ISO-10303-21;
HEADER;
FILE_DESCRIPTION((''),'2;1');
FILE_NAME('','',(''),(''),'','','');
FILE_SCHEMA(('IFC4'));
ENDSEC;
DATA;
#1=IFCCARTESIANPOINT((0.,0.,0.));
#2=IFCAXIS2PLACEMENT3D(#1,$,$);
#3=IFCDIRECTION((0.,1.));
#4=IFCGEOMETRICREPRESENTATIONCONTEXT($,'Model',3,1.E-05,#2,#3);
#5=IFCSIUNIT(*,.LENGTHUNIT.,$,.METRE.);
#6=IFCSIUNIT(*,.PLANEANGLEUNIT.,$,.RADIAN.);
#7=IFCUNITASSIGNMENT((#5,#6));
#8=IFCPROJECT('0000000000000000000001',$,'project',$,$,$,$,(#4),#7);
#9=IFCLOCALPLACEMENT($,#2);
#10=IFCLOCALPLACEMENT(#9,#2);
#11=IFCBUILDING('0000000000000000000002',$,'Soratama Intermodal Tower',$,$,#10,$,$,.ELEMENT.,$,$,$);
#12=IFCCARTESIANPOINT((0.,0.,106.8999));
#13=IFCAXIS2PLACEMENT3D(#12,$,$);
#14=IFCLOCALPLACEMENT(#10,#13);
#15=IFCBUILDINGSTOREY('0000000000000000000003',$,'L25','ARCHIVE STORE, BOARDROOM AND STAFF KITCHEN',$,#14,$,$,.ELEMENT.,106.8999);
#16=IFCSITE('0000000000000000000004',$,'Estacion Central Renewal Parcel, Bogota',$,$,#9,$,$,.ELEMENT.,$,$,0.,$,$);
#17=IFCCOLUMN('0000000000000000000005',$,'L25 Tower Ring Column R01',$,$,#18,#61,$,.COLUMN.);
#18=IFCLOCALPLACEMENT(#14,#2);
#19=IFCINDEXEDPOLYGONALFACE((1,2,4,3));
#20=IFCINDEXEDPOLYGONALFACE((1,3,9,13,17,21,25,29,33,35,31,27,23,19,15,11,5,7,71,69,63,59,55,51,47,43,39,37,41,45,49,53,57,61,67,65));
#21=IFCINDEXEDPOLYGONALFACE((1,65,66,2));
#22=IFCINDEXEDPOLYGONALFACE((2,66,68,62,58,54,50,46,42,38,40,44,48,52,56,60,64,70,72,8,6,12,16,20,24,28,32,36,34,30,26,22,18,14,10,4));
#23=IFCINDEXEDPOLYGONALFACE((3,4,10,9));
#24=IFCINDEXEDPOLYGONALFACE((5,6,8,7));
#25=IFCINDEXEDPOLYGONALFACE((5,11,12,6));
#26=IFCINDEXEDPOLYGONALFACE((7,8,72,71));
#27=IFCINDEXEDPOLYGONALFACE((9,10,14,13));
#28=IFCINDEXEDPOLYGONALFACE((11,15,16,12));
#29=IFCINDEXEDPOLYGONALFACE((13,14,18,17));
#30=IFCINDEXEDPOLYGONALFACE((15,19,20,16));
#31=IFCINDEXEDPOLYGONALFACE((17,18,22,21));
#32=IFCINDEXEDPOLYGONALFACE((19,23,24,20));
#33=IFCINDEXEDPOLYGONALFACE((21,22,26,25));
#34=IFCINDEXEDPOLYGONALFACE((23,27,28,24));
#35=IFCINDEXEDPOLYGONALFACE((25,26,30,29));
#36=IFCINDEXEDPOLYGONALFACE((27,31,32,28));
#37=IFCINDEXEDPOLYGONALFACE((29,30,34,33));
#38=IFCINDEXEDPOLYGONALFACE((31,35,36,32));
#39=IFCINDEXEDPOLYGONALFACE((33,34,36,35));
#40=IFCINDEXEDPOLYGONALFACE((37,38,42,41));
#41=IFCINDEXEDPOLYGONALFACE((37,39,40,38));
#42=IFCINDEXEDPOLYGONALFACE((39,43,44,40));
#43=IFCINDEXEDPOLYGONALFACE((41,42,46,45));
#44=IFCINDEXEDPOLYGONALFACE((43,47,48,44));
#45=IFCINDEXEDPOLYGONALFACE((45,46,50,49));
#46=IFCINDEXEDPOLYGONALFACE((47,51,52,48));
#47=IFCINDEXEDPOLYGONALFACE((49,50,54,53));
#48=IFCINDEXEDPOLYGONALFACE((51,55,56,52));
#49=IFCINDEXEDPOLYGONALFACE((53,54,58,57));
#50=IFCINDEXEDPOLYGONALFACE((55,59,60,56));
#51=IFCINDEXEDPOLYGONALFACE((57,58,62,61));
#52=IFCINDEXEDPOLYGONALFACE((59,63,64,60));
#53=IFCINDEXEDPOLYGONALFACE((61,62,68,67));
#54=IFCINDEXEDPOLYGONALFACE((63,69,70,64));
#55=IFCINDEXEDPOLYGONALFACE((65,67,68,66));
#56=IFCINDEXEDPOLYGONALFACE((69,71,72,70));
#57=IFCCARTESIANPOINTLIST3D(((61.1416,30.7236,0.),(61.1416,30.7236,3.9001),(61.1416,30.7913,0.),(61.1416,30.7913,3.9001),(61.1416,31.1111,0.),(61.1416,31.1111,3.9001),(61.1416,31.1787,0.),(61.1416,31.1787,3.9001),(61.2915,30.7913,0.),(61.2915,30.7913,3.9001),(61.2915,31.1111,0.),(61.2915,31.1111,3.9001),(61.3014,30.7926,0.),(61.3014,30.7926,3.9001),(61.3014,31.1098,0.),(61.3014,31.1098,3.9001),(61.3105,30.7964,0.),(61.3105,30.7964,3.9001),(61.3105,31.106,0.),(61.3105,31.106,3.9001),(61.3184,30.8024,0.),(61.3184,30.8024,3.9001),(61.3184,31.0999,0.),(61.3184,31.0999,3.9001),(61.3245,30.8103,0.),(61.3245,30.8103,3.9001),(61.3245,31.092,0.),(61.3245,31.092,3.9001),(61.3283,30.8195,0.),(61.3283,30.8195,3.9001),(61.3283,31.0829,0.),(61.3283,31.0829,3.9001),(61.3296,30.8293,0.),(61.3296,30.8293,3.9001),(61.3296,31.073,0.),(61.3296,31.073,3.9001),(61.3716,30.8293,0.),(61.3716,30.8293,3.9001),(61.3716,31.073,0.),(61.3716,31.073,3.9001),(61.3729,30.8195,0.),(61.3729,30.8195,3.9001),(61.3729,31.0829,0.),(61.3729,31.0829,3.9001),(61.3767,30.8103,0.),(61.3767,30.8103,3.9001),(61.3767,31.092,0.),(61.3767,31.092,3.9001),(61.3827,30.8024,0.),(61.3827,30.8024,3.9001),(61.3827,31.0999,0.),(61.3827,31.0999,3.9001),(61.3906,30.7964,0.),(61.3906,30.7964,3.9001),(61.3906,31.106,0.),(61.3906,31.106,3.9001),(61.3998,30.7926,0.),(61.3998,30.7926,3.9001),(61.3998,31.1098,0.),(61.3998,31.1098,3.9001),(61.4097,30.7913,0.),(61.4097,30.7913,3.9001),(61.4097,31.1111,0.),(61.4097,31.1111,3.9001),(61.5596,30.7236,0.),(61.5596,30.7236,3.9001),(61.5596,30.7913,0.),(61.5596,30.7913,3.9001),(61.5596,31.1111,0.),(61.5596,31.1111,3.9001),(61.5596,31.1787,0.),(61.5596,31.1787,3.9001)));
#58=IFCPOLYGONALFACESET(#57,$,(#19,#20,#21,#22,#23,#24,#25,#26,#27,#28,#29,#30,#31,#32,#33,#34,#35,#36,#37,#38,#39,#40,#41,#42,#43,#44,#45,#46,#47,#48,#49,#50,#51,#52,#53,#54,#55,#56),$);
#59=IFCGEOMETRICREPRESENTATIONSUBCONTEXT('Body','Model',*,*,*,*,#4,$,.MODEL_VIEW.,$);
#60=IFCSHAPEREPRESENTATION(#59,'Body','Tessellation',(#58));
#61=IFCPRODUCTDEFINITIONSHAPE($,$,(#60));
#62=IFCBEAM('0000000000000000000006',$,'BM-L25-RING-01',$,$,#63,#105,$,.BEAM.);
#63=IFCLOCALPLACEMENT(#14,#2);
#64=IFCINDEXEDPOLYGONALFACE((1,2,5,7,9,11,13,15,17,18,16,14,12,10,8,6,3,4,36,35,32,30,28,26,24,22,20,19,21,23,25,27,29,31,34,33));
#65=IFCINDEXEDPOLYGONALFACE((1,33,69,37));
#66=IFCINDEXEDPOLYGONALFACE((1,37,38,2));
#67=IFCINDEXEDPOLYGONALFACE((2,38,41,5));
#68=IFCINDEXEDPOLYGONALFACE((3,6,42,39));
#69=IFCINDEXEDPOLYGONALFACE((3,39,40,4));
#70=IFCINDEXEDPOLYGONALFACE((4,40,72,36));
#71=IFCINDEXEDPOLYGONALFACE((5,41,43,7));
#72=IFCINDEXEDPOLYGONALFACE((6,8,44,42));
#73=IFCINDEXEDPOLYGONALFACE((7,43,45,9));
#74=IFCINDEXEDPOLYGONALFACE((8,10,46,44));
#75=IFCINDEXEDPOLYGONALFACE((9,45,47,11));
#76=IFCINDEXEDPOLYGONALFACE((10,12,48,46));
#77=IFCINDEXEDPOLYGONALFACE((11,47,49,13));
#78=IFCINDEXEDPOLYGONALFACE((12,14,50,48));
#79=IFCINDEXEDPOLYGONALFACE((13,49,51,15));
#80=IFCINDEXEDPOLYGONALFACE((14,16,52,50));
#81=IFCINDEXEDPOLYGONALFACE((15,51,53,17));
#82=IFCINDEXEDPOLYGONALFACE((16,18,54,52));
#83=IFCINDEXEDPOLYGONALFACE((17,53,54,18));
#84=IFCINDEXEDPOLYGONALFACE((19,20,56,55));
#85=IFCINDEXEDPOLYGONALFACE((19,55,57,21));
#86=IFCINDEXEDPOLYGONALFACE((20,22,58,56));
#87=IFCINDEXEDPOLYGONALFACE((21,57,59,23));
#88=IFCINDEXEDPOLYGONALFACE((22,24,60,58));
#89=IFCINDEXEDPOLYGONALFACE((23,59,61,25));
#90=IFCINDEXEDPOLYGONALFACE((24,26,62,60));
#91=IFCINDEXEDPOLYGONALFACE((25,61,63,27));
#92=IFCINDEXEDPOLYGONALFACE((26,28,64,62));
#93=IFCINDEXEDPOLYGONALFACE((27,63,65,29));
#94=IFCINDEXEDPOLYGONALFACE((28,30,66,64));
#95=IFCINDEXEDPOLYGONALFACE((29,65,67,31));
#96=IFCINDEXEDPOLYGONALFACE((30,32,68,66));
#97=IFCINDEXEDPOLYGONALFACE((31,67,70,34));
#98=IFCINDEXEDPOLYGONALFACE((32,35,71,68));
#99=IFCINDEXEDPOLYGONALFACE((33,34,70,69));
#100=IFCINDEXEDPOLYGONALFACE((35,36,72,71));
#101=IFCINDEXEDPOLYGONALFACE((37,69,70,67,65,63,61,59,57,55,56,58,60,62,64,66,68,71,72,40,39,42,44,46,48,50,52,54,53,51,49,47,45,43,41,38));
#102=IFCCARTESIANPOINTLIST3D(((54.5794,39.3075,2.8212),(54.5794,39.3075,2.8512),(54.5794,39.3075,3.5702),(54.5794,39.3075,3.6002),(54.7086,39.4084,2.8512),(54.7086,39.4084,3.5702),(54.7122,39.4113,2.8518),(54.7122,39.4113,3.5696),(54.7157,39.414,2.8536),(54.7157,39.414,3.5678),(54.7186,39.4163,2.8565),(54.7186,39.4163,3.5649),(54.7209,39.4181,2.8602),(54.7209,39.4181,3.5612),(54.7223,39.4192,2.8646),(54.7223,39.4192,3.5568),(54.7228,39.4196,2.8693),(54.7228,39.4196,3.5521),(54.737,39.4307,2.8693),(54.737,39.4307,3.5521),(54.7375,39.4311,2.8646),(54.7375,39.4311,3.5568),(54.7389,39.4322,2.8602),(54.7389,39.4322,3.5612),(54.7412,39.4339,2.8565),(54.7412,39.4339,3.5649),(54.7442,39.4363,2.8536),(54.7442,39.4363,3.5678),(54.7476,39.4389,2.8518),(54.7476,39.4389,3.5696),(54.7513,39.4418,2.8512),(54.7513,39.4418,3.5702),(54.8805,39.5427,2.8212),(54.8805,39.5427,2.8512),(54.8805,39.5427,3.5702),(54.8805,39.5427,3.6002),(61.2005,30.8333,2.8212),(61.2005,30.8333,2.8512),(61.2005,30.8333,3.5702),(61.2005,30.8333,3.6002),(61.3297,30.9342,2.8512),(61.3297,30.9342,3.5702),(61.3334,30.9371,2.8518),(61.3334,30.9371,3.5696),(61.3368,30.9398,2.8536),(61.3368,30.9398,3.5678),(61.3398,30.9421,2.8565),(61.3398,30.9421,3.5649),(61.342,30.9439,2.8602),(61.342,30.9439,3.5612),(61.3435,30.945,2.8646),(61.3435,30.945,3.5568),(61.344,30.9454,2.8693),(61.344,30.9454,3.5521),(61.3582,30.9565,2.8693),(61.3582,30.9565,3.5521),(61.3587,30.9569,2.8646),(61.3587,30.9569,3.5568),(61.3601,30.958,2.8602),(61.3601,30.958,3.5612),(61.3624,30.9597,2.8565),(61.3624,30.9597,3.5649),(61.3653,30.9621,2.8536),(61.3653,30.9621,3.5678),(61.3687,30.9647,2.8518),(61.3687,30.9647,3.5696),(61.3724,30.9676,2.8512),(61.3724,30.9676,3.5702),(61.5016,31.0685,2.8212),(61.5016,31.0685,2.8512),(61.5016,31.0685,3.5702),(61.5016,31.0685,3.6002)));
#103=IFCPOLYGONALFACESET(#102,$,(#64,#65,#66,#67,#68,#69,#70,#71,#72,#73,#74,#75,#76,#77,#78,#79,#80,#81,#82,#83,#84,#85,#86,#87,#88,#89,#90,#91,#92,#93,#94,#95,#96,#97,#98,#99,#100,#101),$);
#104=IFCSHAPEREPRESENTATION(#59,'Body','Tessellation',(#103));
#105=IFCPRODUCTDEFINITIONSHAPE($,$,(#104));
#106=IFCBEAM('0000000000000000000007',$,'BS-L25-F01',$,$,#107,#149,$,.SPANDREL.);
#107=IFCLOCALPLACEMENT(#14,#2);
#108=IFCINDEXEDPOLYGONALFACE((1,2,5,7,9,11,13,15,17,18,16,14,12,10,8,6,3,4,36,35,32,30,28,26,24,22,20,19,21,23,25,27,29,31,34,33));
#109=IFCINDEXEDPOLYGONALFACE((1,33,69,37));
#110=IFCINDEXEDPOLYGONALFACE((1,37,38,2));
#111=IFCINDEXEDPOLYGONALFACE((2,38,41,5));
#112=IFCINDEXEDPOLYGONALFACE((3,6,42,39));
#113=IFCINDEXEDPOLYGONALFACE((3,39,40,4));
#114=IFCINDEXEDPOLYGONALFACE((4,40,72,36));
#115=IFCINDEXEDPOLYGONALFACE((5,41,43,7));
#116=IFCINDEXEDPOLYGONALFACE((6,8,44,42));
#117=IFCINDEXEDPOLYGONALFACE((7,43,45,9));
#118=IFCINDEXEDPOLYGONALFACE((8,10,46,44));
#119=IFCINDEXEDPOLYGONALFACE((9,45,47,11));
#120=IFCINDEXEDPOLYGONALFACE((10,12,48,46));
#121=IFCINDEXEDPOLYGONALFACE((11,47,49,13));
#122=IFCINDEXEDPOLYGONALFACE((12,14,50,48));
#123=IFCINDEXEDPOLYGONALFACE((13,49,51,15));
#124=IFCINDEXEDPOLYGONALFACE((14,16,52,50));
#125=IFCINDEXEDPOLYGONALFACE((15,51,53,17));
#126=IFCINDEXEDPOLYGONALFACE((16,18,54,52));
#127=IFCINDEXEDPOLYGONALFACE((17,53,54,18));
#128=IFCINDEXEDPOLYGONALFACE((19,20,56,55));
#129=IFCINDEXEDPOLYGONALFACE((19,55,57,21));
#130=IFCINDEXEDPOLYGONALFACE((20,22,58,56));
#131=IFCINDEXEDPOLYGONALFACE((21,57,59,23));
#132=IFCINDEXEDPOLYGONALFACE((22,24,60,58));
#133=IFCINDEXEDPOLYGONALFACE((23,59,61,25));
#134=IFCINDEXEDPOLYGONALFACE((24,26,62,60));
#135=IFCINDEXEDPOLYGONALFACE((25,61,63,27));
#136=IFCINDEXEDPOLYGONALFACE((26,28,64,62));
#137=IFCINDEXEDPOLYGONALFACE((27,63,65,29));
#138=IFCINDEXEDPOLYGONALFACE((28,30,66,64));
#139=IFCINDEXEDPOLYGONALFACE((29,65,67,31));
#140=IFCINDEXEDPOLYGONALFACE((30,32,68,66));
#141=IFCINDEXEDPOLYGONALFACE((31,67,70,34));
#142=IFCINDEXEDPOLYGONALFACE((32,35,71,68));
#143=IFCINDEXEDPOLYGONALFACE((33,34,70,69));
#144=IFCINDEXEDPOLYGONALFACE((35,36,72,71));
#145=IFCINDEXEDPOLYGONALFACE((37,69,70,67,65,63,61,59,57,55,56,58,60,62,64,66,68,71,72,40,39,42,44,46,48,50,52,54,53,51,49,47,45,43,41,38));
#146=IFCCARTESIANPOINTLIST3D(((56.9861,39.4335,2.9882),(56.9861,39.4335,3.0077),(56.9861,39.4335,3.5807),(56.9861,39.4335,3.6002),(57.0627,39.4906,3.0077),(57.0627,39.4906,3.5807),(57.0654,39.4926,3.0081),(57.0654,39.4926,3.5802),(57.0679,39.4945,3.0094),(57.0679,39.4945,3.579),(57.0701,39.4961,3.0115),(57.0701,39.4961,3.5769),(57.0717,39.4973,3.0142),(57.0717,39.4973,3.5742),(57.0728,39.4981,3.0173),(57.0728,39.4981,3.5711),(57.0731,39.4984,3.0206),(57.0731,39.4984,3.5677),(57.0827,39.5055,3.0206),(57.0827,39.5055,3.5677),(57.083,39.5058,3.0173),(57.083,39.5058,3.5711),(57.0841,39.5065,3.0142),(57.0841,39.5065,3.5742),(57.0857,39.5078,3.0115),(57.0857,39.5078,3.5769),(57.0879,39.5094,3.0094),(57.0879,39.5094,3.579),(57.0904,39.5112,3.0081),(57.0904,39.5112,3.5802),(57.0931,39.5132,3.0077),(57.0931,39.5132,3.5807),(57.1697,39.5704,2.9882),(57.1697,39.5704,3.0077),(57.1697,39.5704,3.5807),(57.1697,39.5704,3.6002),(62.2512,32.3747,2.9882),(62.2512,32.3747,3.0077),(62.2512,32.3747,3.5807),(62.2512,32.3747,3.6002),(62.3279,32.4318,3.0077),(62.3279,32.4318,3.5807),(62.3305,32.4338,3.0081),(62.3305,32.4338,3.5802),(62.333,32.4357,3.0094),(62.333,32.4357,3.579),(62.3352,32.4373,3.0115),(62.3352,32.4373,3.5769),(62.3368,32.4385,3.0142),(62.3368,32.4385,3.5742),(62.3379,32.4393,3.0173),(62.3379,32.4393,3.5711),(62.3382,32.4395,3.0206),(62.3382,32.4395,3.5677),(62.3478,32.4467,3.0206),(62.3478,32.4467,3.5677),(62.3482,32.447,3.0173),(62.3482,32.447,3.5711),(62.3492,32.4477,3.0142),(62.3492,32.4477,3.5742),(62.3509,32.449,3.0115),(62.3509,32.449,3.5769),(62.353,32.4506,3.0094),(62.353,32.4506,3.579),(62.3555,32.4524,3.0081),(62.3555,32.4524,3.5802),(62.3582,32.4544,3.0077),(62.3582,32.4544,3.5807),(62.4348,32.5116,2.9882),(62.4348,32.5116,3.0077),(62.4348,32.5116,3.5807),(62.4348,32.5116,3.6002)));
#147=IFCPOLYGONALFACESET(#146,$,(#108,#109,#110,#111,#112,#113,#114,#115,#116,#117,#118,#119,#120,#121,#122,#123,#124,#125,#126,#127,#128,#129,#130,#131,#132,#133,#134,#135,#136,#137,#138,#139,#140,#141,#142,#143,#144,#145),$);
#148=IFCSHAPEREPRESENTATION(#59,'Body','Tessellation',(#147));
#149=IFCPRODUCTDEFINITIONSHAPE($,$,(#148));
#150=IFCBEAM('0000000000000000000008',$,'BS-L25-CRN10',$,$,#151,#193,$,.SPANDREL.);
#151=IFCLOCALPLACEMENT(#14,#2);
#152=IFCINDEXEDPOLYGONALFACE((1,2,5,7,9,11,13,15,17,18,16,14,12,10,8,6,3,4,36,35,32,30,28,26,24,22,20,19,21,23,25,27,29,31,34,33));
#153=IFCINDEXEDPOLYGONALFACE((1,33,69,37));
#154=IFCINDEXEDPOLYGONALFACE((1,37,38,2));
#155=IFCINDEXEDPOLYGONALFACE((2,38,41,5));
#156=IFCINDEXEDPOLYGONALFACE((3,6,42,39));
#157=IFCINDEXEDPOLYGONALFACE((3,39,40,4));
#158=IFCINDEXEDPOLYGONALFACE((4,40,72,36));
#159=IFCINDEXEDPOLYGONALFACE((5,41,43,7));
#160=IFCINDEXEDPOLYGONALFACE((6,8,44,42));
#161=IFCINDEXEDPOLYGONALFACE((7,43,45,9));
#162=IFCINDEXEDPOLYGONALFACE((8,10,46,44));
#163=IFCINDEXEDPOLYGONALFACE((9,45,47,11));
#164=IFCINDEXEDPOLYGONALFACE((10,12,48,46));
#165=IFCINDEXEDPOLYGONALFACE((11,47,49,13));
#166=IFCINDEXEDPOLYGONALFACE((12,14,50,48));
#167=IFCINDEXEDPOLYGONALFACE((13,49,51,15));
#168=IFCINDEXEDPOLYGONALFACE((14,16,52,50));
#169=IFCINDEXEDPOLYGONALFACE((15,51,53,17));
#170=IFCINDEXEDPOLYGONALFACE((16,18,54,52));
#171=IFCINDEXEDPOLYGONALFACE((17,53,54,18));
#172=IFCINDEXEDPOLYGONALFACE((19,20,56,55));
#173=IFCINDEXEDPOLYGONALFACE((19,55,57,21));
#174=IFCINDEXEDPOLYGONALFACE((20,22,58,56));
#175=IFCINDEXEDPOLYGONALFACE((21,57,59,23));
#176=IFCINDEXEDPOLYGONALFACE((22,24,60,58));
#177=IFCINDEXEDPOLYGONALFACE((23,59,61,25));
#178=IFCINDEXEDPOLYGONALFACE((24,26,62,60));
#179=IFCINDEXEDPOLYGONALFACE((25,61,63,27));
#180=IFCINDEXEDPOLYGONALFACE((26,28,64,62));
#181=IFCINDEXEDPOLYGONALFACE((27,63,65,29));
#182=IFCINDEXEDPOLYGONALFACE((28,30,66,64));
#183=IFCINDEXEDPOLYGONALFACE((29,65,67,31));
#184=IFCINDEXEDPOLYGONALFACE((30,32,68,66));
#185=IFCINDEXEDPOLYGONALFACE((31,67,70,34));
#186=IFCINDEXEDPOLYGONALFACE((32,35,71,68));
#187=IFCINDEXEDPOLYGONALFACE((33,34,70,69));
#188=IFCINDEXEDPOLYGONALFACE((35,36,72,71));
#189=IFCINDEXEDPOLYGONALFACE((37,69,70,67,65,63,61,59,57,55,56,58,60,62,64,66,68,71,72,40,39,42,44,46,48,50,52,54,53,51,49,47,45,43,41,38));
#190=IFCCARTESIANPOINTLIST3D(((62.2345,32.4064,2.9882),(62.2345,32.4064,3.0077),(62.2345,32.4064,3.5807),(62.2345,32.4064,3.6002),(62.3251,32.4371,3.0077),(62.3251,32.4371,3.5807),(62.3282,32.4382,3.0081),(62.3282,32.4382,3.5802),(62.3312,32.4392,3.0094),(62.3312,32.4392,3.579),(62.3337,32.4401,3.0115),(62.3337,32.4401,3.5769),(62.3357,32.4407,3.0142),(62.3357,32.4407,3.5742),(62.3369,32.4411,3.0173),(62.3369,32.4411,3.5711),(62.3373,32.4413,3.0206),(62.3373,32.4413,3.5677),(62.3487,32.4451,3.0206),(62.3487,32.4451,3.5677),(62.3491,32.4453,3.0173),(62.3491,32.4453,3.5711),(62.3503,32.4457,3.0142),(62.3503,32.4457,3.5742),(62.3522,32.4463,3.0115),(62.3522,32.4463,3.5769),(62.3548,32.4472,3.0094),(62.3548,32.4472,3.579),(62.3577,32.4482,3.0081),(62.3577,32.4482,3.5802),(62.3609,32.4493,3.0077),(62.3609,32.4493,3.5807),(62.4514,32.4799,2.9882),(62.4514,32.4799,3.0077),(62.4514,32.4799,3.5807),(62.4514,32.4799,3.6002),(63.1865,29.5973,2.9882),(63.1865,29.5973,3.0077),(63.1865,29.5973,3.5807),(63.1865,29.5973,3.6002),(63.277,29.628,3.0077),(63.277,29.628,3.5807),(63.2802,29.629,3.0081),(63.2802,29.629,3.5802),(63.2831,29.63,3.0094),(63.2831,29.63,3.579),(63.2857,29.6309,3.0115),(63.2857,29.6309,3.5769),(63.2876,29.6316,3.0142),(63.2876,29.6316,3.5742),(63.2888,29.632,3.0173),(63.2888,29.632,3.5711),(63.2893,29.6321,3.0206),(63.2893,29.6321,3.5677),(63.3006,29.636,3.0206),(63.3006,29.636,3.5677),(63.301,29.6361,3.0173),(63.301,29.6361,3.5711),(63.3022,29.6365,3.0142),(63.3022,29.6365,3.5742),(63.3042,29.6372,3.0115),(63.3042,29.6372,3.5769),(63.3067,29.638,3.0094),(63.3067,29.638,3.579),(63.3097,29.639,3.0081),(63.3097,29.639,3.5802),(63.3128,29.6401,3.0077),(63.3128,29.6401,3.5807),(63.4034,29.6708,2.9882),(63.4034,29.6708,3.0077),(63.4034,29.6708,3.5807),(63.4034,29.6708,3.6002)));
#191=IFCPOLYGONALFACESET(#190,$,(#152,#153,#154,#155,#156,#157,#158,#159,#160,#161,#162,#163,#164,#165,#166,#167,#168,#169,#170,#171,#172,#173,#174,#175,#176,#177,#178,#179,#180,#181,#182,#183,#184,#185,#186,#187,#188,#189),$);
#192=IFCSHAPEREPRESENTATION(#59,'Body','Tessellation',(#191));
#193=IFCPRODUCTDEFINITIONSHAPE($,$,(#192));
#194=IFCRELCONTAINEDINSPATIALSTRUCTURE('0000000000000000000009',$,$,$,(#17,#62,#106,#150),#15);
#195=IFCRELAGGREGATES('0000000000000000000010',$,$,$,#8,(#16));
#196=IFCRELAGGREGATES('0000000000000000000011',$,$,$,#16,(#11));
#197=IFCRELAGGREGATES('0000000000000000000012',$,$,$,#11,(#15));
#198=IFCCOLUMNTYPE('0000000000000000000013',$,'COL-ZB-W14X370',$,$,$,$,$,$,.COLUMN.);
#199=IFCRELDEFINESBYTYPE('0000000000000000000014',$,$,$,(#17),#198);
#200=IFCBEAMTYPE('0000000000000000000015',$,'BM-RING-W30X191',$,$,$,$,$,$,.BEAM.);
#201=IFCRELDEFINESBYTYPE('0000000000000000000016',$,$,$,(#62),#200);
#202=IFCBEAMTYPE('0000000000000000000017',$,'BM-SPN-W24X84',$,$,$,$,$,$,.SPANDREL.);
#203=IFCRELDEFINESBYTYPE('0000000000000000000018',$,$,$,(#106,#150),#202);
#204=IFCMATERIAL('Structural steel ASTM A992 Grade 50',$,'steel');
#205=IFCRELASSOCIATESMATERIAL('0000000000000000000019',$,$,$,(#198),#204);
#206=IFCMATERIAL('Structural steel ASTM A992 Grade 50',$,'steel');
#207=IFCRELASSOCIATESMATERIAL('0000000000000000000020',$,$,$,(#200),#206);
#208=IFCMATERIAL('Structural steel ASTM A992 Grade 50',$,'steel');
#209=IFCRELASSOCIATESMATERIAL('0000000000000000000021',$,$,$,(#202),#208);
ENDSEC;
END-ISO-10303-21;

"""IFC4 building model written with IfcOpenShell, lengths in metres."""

from ifc_helpers import new_model, si_unit, direction, frame, origin, origin_2d, place, context, subcontext, project, spatial, i_section, extrude, material, material_profile, profile_set, type_object, element, save


model = new_model("IFC4")

# Units and contexts
model_context = context("Model", 3, precision=1e-05, world=origin(), true_north=direction((0.0, 1.0)))
body_context = subcontext(model_context, "Body", "Model", "MODEL_VIEW")
ifc_project = project(units=[si_unit("LENGTHUNIT", "METRE"), si_unit("PLANEANGLEUNIT", "RADIAN")], contexts=[model_context])

# Site, building, storey
site_placement = place(None, origin())
site = spatial("IfcSite", under=ifc_project, at=site_placement, Name="Estacion Central Renewal Parcel, Bogota", CompositionType="ELEMENT", RefElevation=0.0)
building_placement = place(site_placement, origin())
building = spatial("IfcBuilding", under=site, at=building_placement, Name="Soratama Intermodal Tower", CompositionType="ELEMENT")
storey_placement = place(building_placement, frame((0.0, 0.0, 106.8999)))
storey = spatial("IfcBuildingStorey", under=building, at=storey_placement, Name="L25", Description="ARCHIVE STORE, BOARDROOM AND STAFF KITCHEN", CompositionType="ELEMENT", Elevation=106.8999)

# Column
ifc_material_1 = material(Name="Structural steel ASTM A992 Grade 50", Category="steel")
ifc_material_profile_1 = material_profile(ifc_material_1, i_section(OverallWidth=0.418, OverallDepth=0.4551, WebThickness=0.042, FlangeThickness=0.0676, FilletRadius=0.0381, at=origin_2d()), Name="W14X370")
ifc_profile_set_1 = profile_set([ifc_material_profile_1], Name="Structural steel ASTM A992 Grade 50")
column_type = type_object("IfcColumnType", Name="COL-ZB-W14X370", PredefinedType="COLUMN", material=ifc_profile_set_1)
column_placement = place(storey_placement, frame((61.3506, 30.9512, 0.0), z_axis=(0.0, 0.0, 1.0), x_axis=(1.0, 0.0, 0.0)))
element("IfcColumn", 1, at=column_placement, inside=storey, type_object=column_type, Name="L25 Tower Ring Column R01", PredefinedType="COLUMN", context=body_context, shape_type="SweptSolid", body=[
    extrude(i_section(OverallWidth=0.418, OverallDepth=0.4551, WebThickness=0.042, FlangeThickness=0.0676, FilletRadius=0.0381, at=origin_2d()), origin(), (0.0, 0.0, 1.0), 3.9001),
])

# Beams
ifc_material_2 = material(Name="Structural steel ASTM A992 Grade 50", Category="steel")
ifc_material_profile_2 = material_profile(ifc_material_2, i_section(OverallWidth=0.3821, OverallDepth=0.7791, WebThickness=0.0181, FlangeThickness=0.03, FilletRadius=0.0181, at=origin_2d()), Name="W30X191")
ifc_profile_set_2 = profile_set([ifc_material_profile_2], Name="Structural steel ASTM A992 Grade 50")
beam_type_1 = type_object("IfcBeamType", Name="BM-RING-W30X191", PredefinedType="BEAM", material=ifc_profile_set_2)
beam_1_placement = place(storey_placement, frame((61.3511, 30.9509, 3.2107), z_axis=(-0.615684, 0.787993, 0.0), x_axis=(-0.787993, -0.615684, 0.0)))
element("IfcBeam", 2, at=beam_1_placement, inside=storey, type_object=beam_type_1, Name="BM-L25-RING-01", PredefinedType="BEAM", context=body_context, shape_type="SweptSolid", body=[
    extrude(i_section(OverallWidth=0.3821, OverallDepth=0.7791, WebThickness=0.0181, FlangeThickness=0.03, FilletRadius=0.0181, at=origin_2d()), origin(), (0.0, 0.0, 1.0), 10.7542),
])
ifc_material_3 = material(Name="Structural steel ASTM A992 Grade 50", Category="steel")
ifc_material_profile_3 = material_profile(ifc_material_3, i_section(OverallWidth=0.229, OverallDepth=0.6121, WebThickness=0.012, FlangeThickness=0.0195, FilletRadius=0.0129, at=origin_2d()), Name="W24X84")
ifc_profile_set_3 = profile_set([ifc_material_profile_3], Name="Structural steel ASTM A992 Grade 50")
beam_type_2 = type_object("IfcBeamType", Name="BM-SPN-W24X84", PredefinedType="SPANDREL", material=ifc_profile_set_3)
beam_2_placement = place(storey_placement, frame((62.343, 32.4431, 3.2942), z_axis=(-0.597891, 0.801577, 0.0), x_axis=(-0.801577, -0.597891, 0.0)))
element("IfcBeam", 3, at=beam_2_placement, inside=storey, type_object=beam_type_2, Name="BS-L25-F01", PredefinedType="SPANDREL", context=body_context, shape_type="SweptSolid", body=[
    extrude(i_section(OverallWidth=0.229, OverallDepth=0.6121, WebThickness=0.012, FlangeThickness=0.0195, FilletRadius=0.0129, at=origin_2d()), origin(), (0.0, 0.0, 1.0), 8.8062),
])
beam_3_placement = place(storey_placement, frame((63.2949, 29.634, 3.2942), z_axis=(-0.32094, 0.947099, 0.0), x_axis=(-0.947099, -0.32094, 0.0)))
element("IfcBeam", 4, at=beam_3_placement, inside=storey, type_object=beam_type_2, Name="BS-L25-CRN10", PredefinedType="SPANDREL", context=body_context, shape_type="SweptSolid", body=[
    extrude(i_section(OverallWidth=0.229, OverallDepth=0.6121, WebThickness=0.012, FlangeThickness=0.0195, FilletRadius=0.0129, at=origin_2d()), origin(), (0.0, 0.0, 1.0), 2.9661),
])

save(model, "model.ifc")
